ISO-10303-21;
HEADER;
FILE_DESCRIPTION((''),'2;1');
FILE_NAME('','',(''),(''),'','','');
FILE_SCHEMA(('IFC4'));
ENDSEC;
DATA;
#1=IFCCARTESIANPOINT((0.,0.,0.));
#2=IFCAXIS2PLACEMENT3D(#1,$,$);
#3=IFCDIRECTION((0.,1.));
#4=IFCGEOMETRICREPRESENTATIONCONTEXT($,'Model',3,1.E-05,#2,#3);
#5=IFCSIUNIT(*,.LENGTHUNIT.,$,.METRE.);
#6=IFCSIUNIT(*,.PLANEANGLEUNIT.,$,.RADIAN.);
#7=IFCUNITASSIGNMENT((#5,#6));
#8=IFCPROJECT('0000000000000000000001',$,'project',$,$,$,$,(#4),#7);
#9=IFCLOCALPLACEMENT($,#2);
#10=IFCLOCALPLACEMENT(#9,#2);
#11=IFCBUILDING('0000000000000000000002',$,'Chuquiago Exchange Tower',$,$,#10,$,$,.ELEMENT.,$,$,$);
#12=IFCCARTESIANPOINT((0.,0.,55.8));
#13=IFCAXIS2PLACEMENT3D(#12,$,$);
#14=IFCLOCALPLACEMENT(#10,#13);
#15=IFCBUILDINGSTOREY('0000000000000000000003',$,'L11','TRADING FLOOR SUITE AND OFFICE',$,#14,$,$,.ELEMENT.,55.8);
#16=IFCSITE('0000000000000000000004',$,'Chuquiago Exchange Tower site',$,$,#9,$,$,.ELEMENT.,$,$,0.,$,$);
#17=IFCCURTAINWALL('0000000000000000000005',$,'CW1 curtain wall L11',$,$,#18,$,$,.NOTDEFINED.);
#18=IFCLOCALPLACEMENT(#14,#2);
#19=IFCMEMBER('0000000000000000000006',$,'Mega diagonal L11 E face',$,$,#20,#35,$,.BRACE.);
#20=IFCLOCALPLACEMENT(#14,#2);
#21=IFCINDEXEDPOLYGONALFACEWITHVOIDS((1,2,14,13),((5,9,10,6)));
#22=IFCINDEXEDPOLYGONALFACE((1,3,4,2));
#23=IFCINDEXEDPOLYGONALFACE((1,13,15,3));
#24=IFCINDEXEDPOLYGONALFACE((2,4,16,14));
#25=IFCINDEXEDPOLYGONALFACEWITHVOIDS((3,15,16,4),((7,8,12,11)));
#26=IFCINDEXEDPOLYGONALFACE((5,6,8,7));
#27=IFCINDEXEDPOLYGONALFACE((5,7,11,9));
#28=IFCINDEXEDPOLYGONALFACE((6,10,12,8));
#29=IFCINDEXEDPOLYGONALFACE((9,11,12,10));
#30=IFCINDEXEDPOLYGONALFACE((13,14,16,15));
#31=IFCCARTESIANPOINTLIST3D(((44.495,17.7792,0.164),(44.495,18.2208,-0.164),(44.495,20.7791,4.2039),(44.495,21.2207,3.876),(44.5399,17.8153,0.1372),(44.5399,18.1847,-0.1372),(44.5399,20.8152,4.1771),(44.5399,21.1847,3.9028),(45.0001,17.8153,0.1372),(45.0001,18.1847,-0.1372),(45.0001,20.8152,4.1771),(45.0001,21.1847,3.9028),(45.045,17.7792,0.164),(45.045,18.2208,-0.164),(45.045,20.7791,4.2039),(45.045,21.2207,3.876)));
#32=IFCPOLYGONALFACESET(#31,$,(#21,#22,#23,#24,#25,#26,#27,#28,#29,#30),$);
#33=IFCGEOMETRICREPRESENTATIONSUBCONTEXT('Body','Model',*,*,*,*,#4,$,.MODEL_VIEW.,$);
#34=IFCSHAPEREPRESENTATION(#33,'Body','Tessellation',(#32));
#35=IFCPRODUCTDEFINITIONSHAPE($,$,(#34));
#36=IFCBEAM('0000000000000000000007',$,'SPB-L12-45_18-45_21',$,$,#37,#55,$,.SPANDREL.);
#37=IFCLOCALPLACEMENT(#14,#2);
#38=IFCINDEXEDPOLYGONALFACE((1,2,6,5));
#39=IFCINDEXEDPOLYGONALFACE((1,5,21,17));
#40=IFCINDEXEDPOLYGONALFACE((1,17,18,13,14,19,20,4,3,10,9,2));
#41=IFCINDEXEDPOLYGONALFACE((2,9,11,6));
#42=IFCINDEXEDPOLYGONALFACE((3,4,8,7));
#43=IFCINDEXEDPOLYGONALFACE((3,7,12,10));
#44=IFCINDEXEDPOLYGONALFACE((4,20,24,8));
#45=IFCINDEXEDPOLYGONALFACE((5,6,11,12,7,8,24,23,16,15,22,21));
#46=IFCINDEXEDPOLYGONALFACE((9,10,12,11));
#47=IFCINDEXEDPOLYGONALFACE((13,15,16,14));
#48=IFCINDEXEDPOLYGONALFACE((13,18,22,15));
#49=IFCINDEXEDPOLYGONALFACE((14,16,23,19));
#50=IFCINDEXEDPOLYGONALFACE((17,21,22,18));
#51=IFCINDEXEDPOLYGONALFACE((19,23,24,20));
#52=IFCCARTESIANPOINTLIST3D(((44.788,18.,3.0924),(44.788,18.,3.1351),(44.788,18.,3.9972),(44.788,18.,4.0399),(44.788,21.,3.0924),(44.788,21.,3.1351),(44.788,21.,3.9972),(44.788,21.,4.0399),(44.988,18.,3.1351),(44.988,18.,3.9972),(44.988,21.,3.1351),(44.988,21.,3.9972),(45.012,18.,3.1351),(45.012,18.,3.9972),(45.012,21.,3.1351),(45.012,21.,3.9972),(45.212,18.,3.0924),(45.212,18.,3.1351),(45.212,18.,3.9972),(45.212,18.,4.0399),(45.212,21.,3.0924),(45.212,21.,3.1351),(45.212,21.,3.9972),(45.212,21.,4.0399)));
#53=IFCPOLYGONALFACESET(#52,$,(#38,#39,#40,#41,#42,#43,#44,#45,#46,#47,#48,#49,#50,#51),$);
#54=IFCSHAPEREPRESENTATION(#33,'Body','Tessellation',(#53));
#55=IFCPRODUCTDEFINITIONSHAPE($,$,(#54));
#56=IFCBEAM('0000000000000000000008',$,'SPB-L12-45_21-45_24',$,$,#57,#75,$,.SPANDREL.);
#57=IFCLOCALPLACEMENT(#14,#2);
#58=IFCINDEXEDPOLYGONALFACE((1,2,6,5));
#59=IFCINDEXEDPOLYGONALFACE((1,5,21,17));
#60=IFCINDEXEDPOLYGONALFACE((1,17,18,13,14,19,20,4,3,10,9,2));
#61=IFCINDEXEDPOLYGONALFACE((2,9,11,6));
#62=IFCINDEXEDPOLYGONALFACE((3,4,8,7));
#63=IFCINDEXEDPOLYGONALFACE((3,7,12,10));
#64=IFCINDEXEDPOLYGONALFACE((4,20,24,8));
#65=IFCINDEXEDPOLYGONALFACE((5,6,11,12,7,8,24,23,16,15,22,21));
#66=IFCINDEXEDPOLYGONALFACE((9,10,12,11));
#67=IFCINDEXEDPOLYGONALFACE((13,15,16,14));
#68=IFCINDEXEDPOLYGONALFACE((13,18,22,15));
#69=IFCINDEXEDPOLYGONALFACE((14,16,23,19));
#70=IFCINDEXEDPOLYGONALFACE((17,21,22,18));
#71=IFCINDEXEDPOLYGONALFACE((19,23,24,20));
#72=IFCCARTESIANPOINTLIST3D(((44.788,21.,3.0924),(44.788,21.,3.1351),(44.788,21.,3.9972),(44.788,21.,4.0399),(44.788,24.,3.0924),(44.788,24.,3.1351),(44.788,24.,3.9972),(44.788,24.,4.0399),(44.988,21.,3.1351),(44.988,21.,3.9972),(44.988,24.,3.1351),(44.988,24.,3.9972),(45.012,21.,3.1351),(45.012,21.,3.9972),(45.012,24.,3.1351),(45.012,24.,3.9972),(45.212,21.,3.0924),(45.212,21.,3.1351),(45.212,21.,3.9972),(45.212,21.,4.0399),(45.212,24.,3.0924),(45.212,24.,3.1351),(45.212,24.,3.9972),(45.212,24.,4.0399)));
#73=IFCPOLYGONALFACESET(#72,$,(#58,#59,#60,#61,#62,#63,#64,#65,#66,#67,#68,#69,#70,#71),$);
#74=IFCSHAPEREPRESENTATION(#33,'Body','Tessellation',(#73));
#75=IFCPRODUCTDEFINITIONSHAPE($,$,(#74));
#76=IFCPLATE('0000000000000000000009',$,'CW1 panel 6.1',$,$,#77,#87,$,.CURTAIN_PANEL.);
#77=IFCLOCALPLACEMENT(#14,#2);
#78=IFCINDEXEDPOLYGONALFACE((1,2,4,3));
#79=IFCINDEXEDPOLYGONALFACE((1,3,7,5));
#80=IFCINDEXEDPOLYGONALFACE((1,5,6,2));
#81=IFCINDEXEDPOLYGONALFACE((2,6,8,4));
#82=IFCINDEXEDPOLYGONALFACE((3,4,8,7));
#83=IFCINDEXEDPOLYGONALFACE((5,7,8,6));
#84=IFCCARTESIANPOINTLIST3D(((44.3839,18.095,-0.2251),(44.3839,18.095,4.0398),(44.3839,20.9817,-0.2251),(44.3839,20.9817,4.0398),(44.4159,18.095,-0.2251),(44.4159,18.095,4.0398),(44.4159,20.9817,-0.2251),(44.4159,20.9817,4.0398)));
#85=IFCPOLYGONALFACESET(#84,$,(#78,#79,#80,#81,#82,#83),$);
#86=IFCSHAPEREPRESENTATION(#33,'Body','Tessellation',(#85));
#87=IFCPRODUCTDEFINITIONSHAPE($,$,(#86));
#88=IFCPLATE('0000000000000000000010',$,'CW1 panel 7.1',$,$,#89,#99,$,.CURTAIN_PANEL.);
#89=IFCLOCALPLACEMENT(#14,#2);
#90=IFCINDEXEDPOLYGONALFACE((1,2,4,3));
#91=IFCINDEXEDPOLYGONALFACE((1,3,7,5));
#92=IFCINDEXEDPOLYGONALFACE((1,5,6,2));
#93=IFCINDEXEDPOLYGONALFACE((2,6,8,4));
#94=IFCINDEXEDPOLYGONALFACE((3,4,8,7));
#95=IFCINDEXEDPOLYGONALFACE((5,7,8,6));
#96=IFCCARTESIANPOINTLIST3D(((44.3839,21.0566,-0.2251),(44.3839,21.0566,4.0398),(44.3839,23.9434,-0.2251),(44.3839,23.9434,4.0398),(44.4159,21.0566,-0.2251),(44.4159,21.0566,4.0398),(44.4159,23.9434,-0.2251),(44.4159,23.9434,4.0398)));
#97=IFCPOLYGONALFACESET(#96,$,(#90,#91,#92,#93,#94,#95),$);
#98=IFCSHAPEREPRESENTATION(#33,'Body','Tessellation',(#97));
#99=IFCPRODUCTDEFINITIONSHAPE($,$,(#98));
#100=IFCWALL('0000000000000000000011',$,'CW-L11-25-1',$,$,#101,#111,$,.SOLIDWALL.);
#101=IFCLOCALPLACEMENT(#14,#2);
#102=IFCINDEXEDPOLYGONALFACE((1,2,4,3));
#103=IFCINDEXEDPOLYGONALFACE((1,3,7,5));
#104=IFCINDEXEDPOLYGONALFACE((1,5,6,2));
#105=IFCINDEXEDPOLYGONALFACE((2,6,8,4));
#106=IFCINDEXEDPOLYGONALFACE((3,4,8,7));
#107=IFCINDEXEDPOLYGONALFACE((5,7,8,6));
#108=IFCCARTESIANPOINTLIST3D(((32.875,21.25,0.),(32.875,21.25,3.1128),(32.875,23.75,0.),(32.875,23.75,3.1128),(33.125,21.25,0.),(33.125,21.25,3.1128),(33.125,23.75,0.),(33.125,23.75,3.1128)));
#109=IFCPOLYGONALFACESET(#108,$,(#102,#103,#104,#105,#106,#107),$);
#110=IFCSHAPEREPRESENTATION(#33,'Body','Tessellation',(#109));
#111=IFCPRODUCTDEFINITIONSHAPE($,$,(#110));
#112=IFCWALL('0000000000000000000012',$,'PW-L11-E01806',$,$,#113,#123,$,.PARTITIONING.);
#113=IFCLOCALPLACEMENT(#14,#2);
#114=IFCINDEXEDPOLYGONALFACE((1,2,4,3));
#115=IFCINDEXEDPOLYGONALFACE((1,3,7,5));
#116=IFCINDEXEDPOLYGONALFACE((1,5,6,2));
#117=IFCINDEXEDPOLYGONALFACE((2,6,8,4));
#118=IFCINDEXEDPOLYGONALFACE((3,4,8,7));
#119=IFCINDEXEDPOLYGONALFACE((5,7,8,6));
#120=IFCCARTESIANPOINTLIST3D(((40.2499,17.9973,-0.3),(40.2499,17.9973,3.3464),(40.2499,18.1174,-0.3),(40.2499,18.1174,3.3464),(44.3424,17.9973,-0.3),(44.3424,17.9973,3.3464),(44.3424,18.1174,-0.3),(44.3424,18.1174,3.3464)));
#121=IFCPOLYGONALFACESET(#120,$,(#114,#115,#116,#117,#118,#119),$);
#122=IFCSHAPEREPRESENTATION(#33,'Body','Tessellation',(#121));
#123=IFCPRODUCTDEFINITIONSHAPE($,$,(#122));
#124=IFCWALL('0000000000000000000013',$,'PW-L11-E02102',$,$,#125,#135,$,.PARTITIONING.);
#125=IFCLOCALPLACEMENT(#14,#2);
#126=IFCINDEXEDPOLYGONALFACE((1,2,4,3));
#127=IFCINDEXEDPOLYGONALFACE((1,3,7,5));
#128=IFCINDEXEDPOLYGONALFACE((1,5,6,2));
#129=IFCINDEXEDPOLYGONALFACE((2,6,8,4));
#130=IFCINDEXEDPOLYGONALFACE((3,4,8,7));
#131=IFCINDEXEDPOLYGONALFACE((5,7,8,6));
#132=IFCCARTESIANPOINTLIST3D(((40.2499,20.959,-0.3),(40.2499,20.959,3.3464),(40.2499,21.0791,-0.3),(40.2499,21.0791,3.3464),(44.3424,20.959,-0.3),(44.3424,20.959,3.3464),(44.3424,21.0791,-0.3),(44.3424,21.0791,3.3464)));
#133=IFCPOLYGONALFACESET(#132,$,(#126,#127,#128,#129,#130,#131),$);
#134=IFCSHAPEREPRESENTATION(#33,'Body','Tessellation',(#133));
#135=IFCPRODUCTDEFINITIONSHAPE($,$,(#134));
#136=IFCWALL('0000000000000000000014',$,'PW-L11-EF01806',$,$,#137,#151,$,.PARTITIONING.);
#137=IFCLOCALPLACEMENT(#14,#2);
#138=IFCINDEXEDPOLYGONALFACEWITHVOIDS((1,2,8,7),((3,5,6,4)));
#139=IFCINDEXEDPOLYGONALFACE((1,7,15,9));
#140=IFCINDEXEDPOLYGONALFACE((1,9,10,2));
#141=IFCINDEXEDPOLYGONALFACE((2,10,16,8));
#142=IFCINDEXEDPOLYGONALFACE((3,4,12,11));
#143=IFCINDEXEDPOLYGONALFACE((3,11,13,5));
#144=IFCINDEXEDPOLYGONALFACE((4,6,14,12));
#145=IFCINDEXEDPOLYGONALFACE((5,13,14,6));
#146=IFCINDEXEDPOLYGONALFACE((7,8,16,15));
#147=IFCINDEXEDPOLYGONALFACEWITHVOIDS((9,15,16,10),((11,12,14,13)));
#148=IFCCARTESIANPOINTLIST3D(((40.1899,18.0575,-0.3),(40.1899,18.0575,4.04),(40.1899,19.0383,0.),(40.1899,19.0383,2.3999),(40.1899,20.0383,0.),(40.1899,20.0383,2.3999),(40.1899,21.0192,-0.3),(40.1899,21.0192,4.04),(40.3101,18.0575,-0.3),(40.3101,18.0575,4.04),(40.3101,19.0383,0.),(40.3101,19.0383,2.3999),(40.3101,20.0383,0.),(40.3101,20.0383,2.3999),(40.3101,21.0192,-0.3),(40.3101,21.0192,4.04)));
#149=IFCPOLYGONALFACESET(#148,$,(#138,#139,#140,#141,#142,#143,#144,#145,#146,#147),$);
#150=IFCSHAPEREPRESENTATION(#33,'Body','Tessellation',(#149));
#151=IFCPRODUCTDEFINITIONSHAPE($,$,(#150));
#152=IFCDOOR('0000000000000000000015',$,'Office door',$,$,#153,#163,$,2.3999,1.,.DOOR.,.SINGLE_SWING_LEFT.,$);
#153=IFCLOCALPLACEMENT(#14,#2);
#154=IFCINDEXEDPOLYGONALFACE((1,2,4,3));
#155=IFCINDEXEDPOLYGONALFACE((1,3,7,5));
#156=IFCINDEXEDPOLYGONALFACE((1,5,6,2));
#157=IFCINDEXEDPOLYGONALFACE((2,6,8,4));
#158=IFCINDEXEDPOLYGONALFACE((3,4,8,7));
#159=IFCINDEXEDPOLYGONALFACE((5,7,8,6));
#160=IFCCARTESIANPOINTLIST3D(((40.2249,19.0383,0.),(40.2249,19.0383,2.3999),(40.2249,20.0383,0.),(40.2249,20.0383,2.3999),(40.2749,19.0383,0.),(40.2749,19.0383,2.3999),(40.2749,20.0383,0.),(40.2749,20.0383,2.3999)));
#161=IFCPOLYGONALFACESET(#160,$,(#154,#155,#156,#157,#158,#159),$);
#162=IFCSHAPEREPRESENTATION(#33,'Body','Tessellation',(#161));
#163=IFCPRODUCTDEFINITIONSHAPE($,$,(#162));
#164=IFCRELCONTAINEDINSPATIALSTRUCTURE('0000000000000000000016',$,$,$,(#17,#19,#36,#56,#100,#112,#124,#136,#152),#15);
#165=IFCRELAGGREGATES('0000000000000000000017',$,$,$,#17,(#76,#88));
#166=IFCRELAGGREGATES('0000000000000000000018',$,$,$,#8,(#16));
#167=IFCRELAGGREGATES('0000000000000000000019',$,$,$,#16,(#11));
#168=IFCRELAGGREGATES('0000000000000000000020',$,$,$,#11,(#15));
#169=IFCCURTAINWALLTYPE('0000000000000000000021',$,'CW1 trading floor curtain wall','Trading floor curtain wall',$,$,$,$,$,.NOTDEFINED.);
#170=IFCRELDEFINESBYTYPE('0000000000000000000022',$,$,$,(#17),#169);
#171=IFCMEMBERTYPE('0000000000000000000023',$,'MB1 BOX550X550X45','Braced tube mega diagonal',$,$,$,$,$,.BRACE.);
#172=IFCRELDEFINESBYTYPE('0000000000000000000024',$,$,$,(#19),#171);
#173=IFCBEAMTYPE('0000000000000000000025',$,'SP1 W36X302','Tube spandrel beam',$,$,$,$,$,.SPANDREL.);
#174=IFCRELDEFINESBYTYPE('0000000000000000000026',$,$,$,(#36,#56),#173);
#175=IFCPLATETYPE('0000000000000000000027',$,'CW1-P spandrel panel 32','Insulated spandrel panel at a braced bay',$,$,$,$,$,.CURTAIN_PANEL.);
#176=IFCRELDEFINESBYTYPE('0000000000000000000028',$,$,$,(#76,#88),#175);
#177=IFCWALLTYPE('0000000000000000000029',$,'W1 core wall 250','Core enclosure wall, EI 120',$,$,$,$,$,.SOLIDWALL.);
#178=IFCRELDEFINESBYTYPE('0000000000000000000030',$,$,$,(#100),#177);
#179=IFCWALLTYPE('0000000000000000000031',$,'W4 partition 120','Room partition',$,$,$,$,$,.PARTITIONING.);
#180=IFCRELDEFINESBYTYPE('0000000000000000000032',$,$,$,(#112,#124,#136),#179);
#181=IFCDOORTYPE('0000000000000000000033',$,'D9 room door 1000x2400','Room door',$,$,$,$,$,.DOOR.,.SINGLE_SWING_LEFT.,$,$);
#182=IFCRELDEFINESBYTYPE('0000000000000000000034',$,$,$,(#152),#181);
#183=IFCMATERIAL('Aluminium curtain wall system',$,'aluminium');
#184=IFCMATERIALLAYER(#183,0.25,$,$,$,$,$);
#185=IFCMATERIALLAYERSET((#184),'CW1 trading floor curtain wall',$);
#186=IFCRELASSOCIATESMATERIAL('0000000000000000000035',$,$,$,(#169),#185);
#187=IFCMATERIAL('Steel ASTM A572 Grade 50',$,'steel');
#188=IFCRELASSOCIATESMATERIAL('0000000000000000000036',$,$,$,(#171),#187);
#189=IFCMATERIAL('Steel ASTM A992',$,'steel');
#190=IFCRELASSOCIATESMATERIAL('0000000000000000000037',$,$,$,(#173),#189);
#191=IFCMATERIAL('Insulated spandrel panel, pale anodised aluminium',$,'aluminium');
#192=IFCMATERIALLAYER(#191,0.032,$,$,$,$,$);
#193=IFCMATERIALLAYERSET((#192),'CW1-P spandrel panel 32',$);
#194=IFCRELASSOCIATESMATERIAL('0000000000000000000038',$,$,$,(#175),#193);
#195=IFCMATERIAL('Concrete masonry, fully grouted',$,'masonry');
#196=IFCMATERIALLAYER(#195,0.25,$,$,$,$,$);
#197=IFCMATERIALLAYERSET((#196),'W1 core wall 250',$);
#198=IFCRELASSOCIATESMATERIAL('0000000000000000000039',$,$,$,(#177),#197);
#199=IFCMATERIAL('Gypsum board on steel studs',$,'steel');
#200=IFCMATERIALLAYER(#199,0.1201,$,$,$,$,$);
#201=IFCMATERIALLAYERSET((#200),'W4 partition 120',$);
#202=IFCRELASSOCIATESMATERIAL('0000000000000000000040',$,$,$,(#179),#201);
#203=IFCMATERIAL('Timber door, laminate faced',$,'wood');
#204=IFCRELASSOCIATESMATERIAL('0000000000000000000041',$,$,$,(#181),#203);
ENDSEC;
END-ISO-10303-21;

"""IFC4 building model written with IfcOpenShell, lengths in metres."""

from ifc_helpers import new_model, si_unit, direction, frame, frame_2d, origin, origin_2d, place, context, subcontext, project, spatial, rectangle, hollow_rectangle, i_section, extrude, material, layer, layer_set, material_profile, profile_set, type_object, element, fill, aggregate, save


model = new_model("IFC4")

# Units and contexts
model_context = context("Model", 3, precision=1e-05, world=origin(), true_north=direction((0.0, 1.0)))
body_context = subcontext(model_context, "Body", "Model", "MODEL_VIEW")
ifc_project = project(units=[si_unit("LENGTHUNIT", "METRE"), si_unit("PLANEANGLEUNIT", "RADIAN")], contexts=[model_context])

# Site, building, storey
site_placement = place(None, origin())
site = spatial("IfcSite", under=ifc_project, at=site_placement, Name="Chuquiago Exchange Tower site", CompositionType="ELEMENT", RefElevation=0.0)
building_placement = place(site_placement, origin())
building = spatial("IfcBuilding", under=site, at=building_placement, Name="Chuquiago Exchange Tower", CompositionType="ELEMENT")
storey_placement = place(building_placement, frame((0.0, 0.0, 55.8)))
storey = spatial("IfcBuildingStorey", under=building, at=storey_placement, Name="L11", Description="TRADING FLOOR SUITE AND OFFICE", CompositionType="ELEMENT", Elevation=55.8)

# Curtain wall
ifc_material_1 = material(Name="Aluminium curtain wall system", Category="aluminium")
ifc_layer_1 = layer(ifc_material_1, 0.25)
ifc_layer_set_1 = layer_set([ifc_layer_1], Name="CW1 trading floor curtain wall")
curtain_wall_type = type_object("IfcCurtainWallType", Name="CW1 trading floor curtain wall", Description="Trading floor curtain wall", PredefinedType="NOTDEFINED", material=ifc_layer_set_1)
curtain_wall_placement = place(storey_placement, origin())
curtain_wall = element("IfcCurtainWall", 1, at=curtain_wall_placement, inside=storey, type_object=curtain_wall_type, Name="CW1 curtain wall L11", PredefinedType="NOTDEFINED")

# Member
ifc_material_2 = material(Name="Steel ASTM A572 Grade 50", Category="steel")
ifc_material_profile_1 = material_profile(ifc_material_2, hollow_rectangle(XDim=0.55, YDim=0.55, WallThickness=0.0449, at=origin_2d()), Name="BOX550X550X45")
ifc_profile_set_1 = profile_set([ifc_material_profile_1], Name="Steel ASTM A572 Grade 50")
member_type_1 = type_object("IfcMemberType", Name="MB1 BOX550X550X45", Description="Braced tube mega diagonal", PredefinedType="BRACE", material=ifc_profile_set_1)
member_1_placement = place(storey_placement, frame((44.77, 18.0, 0.0), z_axis=(0.0, 0.596174, 0.802855), x_axis=(-1.0, 0.0, 0.0)))
element("IfcMember", 2, at=member_1_placement, inside=storey, type_object=member_type_1, Name="Mega diagonal L11 E face", PredefinedType="BRACE", context=body_context, shape_type="SweptSolid", body=[
    extrude(hollow_rectangle(XDim=0.55, YDim=0.55, WallThickness=0.0449, at=origin_2d()), origin(), (0.0, 0.0, 1.0), 5.032),
])

# Beams
ifc_material_3 = material(Name="Steel ASTM A992", Category="steel")
ifc_material_profile_2 = material_profile(ifc_material_3, i_section(OverallWidth=0.4241, OverallDepth=0.9475, WebThickness=0.0239, FlangeThickness=0.0427, at=origin_2d()), Name="W36X302")
ifc_profile_set_2 = profile_set([ifc_material_profile_2], Name="Steel ASTM A992")
beam_type_1 = type_object("IfcBeamType", Name="SP1 W36X302", Description="Tube spandrel beam", PredefinedType="SPANDREL", material=ifc_profile_set_2)
for number, where, z_axis, x_axis, name in (
    (3, (45.0, 18.0, 3.5662), (0.0, 1.0, 0.0), (-1.0, 0.0, 0.0), "SPB-L12-45_18-45_21"),
    (4, (45.0, 21.0, 3.5662), (0.0, 1.0, 0.0), (-1.0, 0.0, 0.0), "SPB-L12-45_21-45_24"),
):
    element("IfcBeam", number, at=place(storey_placement, frame(where, z_axis=z_axis, x_axis=x_axis)), inside=storey, type_object=beam_type_1, Name=name, PredefinedType="SPANDREL", context=body_context, shape_type="SweptSolid", body=[
        extrude(i_section(OverallWidth=0.4241, OverallDepth=0.9475, WebThickness=0.0239, FlangeThickness=0.0427, at=origin_2d()), origin(), (0.0, 0.0, 1.0), 3.0),
    ])

# Plates
ifc_material_4 = material(Name="Insulated spandrel panel, pale anodised aluminium", Category="aluminium")
ifc_layer_2 = layer(ifc_material_4, 0.032)
ifc_layer_set_2 = layer_set([ifc_layer_2], Name="CW1-P spandrel panel 32")
plate_type = type_object("IfcPlateType", Name="CW1-P spandrel panel 32", Description="Insulated spandrel panel at a braced bay", PredefinedType="CURTAIN_PANEL", material=ifc_layer_set_2)
plate_1_placement = place(storey_placement, frame((44.3999, 19.5383, -0.2251), z_axis=(0.0, 0.0, 1.0), x_axis=(0.0, 1.0, 0.0)))
plate_1 = element("IfcPlate", 5, at=plate_1_placement, type_object=plate_type, Name="CW1 panel 6.1", PredefinedType="CURTAIN_PANEL", context=body_context, shape_type="SweptSolid", body=[
    extrude(rectangle(XDim=2.8867, YDim=0.032, at=origin_2d()), origin(), (0.0, 0.0, 1.0), 4.2649),
])
plate_2_placement = place(storey_placement, frame((44.3999, 22.5, -0.2251), z_axis=(0.0, 0.0, 1.0), x_axis=(0.0, 1.0, 0.0)))
plate_2 = element("IfcPlate", 6, at=plate_2_placement, type_object=plate_type, Name="CW1 panel 7.1", PredefinedType="CURTAIN_PANEL", context=body_context, shape_type="SweptSolid", body=[
    extrude(rectangle(XDim=2.8867, YDim=0.032, at=origin_2d()), origin(), (0.0, 0.0, 1.0), 4.2649),
])
aggregate(curtain_wall, [plate_1, plate_2])

# Walls
ifc_material_5 = material(Name="Concrete masonry, fully grouted", Category="masonry")
ifc_layer_3 = layer(ifc_material_5, 0.25)
ifc_layer_set_3 = layer_set([ifc_layer_3], Name="W1 core wall 250")
wall_type_1 = type_object("IfcWallType", Name="W1 core wall 250", Description="Core enclosure wall, EI 120", PredefinedType="SOLIDWALL", material=ifc_layer_set_3)
wall_1_placement = place(storey_placement, frame((33.0, 21.25, 0.0), z_axis=(0.0, 0.0, 1.0), x_axis=(0.0, 1.0, 0.0)))
element("IfcWall", 7, at=wall_1_placement, inside=storey, type_object=wall_type_1, Name="CW-L11-25-1", PredefinedType="SOLIDWALL", context=body_context, shape_type="SweptSolid", body=[
    extrude(rectangle(XDim=2.5, YDim=0.25, at=frame_2d((1.25, 0.0))), origin(), (0.0, 0.0, 1.0), 3.1128),
])
ifc_material_6 = material(Name="Gypsum board on steel studs", Category="steel")
ifc_layer_4 = layer(ifc_material_6, 0.1201)
ifc_layer_set_4 = layer_set([ifc_layer_4], Name="W4 partition 120")
wall_type_2 = type_object("IfcWallType", Name="W4 partition 120", Description="Room partition", PredefinedType="PARTITIONING", material=ifc_layer_set_4)
for number, where, z_axis, x_axis, name in (
    (8, (44.3425, 18.0574, -0.3), (0.0, 0.0, 1.0), (-1.0, 0.0, 0.0), "PW-L11-E01806"),
    (9, (44.3425, 21.019, -0.3), (0.0, 0.0, 1.0), (-1.0, 0.0, 0.0), "PW-L11-E02102"),
):
    element("IfcWall", number, at=place(storey_placement, frame(where, z_axis=z_axis, x_axis=x_axis)), inside=storey, type_object=wall_type_2, Name=name, PredefinedType="PARTITIONING", context=body_context, shape_type="SweptSolid", body=[
        extrude(rectangle(XDim=4.0925, YDim=0.1201, at=frame_2d((2.0464, 0.0))), origin(), (0.0, 0.0, 1.0), 3.6465),
    ])

# Wall, opening, door
wall_2_placement = place(storey_placement, frame((40.25, 18.0574, -0.3), z_axis=(0.0, 0.0, 1.0), x_axis=(0.0, 1.0, 0.0)))
wall_2 = element("IfcWall", 10, at=wall_2_placement, inside=storey, type_object=wall_type_2, Name="PW-L11-EF01806", PredefinedType="PARTITIONING", context=body_context, shape_type="SweptSolid", body=[
    extrude(rectangle(XDim=2.9617, YDim=0.1201, at=frame_2d((1.481, 0.0))), origin(), (0.0, 0.0, 1.0), 4.3401),
])
opening_1_placement = place(wall_2_placement, frame((0.981, 0.0, 0.3)))
opening_1 = element("IfcOpeningElement", 11, at=opening_1_placement, cuts=wall_2, PredefinedType="OPENING", context=body_context, shape_type="SweptSolid", body=[
    extrude(rectangle(XDim=1.0, YDim=2.3999, at=frame_2d((0.5, 1.2))), frame((0.0, 0.0701, 0.0), z_axis=(0.0, -1.0, 0.0), x_axis=(1.0, 0.0, 0.0)), (0.0, 0.0, 1.0), 0.1401),
])
ifc_material_7 = material(Name="Timber door, laminate faced", Category="wood")
door_type = type_object("IfcDoorType", Name="D9 room door 1000x2400", Description="Room door", OperationType="SINGLE_SWING_LEFT", PredefinedType="DOOR", material=ifc_material_7)
door_1_placement = place(opening_1_placement, frame((1.0, 0.0, 0.0), z_axis=(0.0, 0.0, 1.0), x_axis=(-1.0, 0.0, 0.0)))
door_1 = element("IfcDoor", 12, at=door_1_placement, inside=storey, type_object=door_type, Name="Office door", OperationType="SINGLE_SWING_LEFT", OverallHeight=2.3999, OverallWidth=1.0, PredefinedType="DOOR", context=body_context, shape_type="SweptSolid", body=[
    extrude(rectangle(XDim=1.0, YDim=2.3999, at=frame_2d((0.5, 1.2))), frame((0.0, 0.0249, 0.0), z_axis=(0.0, -1.0, 0.0), x_axis=(1.0, 0.0, 0.0)), (0.0, 0.0, 1.0), 0.05),
])
fill(opening_1, door_1)

save(model, "model.ifc")
